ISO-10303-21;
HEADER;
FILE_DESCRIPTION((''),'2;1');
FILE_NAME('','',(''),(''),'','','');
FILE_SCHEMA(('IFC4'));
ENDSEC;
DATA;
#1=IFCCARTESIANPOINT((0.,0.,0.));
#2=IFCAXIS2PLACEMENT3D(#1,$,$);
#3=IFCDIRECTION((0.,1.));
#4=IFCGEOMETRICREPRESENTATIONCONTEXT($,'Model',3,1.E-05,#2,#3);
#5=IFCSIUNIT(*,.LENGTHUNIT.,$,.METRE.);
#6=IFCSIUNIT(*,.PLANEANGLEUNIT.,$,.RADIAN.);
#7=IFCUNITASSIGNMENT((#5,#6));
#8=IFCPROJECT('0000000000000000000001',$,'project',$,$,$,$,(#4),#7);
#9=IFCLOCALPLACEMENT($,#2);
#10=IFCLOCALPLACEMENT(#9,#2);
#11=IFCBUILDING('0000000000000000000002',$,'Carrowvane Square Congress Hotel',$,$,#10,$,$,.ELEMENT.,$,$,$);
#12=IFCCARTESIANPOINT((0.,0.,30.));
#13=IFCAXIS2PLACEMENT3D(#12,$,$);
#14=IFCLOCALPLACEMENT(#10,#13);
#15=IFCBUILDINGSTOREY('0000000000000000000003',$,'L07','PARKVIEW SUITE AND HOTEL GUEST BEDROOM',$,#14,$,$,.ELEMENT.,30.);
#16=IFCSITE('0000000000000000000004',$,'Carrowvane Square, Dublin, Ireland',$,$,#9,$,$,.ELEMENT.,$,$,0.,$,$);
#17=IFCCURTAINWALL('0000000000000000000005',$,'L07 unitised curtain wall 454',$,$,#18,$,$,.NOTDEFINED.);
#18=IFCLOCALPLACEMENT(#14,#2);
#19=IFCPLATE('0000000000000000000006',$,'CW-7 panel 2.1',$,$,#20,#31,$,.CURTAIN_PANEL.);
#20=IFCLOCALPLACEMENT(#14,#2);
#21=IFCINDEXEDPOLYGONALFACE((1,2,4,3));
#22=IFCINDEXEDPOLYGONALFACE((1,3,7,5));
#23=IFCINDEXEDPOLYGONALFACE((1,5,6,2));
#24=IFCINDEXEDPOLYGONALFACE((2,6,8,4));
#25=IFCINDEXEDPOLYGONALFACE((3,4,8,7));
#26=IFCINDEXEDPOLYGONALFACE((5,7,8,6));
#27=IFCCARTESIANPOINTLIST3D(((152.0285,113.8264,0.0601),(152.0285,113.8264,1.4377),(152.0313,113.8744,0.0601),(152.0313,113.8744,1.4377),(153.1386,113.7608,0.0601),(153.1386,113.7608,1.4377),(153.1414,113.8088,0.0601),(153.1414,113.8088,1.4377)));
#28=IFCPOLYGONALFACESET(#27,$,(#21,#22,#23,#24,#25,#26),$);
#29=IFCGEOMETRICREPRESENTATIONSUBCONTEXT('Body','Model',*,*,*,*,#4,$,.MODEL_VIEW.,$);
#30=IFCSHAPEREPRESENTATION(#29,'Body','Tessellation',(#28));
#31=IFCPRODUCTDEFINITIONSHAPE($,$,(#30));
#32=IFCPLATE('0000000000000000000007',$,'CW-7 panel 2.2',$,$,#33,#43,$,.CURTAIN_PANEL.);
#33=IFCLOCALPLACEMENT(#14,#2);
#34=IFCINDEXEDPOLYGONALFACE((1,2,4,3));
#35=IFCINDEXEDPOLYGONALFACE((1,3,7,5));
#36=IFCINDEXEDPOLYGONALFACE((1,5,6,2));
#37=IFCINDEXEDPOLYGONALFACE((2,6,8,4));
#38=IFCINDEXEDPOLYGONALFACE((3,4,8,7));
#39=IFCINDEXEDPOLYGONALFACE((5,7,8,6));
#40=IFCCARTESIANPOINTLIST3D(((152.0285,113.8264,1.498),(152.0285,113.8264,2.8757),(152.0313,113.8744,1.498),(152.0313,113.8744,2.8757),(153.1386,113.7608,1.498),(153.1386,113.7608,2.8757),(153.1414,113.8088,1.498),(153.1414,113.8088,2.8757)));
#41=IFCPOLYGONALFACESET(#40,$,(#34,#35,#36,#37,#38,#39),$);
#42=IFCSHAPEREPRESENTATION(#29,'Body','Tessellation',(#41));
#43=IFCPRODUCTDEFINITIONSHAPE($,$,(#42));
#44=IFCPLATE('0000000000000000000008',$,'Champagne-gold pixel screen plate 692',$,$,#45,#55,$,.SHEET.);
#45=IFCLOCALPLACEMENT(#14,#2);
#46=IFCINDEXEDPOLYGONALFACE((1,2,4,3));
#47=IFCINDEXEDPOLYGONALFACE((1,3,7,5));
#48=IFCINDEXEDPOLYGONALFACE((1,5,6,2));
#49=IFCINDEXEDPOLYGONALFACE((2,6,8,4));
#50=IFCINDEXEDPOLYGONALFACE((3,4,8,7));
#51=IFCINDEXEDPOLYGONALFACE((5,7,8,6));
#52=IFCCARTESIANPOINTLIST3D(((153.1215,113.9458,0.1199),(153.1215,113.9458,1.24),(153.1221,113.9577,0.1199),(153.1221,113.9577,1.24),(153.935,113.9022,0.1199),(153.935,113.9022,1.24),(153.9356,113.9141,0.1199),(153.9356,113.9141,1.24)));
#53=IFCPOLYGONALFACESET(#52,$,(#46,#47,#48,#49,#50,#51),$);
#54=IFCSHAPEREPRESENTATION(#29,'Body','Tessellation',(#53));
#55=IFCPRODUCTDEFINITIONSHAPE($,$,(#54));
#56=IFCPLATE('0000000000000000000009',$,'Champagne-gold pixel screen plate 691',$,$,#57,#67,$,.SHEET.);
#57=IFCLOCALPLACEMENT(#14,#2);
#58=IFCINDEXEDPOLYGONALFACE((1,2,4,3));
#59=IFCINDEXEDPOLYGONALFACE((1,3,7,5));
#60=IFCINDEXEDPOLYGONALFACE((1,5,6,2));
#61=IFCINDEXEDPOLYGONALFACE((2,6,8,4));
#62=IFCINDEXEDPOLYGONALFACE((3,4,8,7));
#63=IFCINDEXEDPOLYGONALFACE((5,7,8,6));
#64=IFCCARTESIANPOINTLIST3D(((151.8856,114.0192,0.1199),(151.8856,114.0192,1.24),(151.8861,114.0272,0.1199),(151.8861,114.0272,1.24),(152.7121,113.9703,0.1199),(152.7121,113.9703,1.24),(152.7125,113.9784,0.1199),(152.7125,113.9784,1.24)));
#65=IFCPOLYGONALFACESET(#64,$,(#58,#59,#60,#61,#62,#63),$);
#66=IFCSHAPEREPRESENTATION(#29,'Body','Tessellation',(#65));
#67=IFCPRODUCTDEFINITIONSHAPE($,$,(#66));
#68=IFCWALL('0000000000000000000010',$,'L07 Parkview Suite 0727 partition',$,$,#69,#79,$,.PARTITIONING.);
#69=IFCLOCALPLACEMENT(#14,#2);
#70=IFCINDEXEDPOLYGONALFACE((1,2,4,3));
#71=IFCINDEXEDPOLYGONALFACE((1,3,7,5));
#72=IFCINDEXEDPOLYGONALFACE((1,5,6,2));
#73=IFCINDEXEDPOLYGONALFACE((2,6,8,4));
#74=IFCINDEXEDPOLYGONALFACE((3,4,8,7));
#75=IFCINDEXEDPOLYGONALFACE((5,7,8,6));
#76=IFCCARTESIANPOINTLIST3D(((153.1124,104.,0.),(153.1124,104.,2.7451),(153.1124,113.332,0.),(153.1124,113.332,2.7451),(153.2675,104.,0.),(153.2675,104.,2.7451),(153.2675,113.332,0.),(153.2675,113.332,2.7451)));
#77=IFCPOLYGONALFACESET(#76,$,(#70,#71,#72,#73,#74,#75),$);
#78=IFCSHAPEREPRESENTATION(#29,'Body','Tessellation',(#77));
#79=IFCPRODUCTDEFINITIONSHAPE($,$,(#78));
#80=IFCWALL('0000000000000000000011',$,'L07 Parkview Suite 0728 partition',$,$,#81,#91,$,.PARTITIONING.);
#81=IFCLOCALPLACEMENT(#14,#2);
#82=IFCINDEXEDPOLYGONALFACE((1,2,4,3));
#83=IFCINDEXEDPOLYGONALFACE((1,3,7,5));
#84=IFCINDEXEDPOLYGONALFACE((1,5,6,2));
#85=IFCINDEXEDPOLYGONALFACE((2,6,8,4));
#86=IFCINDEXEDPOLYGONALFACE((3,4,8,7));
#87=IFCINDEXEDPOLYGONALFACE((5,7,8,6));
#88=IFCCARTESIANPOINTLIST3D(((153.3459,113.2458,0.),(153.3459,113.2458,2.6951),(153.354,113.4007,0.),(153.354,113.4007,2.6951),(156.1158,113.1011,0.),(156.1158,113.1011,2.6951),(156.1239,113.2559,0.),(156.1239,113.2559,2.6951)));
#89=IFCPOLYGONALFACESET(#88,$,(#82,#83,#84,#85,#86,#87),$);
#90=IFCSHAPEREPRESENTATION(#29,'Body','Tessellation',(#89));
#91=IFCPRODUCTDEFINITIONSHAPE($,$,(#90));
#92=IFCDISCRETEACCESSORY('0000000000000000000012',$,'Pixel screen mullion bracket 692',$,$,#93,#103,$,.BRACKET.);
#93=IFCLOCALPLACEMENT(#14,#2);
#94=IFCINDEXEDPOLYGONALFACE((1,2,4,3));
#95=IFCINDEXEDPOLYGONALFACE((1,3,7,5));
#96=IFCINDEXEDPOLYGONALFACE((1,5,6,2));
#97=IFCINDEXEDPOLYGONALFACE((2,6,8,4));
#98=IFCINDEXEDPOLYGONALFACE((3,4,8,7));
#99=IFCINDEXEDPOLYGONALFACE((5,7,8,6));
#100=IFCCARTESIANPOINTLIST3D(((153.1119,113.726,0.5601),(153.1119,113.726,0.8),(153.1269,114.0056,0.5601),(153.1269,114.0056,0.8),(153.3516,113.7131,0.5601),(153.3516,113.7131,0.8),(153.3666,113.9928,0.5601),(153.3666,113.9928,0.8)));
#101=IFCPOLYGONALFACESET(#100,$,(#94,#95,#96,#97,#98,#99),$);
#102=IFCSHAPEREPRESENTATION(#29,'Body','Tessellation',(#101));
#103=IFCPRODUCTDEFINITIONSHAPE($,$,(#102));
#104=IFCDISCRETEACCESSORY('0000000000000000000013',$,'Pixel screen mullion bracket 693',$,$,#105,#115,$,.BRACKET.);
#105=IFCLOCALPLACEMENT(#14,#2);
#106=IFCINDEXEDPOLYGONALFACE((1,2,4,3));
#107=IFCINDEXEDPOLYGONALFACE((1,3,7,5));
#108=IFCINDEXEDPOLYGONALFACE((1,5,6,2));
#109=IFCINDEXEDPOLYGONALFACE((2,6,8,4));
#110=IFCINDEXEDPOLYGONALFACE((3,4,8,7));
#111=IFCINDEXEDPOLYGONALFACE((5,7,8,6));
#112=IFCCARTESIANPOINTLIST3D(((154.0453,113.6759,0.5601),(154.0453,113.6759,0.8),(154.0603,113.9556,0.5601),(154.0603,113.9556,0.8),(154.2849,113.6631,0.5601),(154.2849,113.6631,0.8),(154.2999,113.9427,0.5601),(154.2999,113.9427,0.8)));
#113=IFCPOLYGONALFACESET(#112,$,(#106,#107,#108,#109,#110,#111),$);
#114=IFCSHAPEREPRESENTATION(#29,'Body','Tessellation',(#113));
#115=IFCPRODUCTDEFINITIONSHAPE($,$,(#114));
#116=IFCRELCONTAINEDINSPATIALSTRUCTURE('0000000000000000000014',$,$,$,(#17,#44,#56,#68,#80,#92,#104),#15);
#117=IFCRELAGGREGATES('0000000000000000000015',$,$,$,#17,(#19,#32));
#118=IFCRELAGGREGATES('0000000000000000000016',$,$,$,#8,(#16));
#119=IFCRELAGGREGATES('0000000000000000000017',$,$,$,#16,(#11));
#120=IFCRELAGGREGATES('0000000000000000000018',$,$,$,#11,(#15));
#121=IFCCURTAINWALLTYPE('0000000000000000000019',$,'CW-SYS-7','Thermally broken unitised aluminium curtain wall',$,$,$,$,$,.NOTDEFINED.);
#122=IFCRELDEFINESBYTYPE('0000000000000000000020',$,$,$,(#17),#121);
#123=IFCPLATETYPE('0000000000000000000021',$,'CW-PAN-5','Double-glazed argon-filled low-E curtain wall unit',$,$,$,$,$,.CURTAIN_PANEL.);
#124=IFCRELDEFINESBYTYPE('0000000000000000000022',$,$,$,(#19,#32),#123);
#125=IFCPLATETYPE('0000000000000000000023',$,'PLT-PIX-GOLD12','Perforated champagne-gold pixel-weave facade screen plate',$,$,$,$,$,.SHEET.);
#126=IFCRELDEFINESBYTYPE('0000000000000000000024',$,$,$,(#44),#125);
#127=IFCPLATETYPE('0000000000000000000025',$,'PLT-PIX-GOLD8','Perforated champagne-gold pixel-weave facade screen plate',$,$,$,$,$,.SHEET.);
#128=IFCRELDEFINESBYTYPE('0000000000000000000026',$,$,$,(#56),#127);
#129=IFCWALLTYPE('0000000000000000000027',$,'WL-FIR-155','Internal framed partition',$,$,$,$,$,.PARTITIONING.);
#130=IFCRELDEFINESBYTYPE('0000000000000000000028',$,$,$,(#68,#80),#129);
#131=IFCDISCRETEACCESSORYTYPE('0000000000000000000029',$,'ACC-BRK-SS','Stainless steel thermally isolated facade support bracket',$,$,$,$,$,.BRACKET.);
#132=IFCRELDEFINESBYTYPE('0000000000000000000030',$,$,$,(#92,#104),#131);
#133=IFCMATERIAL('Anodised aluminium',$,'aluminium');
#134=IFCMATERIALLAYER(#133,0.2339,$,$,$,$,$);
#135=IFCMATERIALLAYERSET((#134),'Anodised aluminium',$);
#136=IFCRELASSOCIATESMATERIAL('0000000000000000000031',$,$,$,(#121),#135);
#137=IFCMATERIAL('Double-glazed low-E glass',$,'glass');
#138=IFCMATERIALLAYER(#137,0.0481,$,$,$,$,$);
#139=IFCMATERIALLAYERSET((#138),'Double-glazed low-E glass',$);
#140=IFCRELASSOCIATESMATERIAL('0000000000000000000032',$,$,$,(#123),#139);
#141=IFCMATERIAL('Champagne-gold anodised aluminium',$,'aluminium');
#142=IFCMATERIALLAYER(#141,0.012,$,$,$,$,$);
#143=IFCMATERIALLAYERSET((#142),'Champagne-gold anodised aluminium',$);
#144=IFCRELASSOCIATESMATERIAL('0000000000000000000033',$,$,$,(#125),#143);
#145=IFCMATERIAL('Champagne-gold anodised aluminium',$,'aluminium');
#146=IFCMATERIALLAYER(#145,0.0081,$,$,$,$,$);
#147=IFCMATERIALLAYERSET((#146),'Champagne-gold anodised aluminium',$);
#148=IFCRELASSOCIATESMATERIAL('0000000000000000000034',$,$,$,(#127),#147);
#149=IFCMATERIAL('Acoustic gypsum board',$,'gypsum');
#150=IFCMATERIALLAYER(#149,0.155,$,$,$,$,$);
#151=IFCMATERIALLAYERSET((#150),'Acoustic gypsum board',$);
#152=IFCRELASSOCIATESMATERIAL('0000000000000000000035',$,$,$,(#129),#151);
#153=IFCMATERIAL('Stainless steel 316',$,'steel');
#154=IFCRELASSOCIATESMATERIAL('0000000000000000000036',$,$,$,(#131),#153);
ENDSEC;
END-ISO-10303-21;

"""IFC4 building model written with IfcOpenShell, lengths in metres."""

from ifc_helpers import new_model, si_unit, direction, frame, frame_2d, origin, origin_2d, place, context, subcontext, project, spatial, rectangle, extrude, material, layer, layer_set, type_object, element, aggregate, save


model = new_model("IFC4")

# Units and contexts
model_context = context("Model", 3, precision=1e-05, world=origin(), true_north=direction((0.0, 1.0)))
body_context = subcontext(model_context, "Body", "Model", "MODEL_VIEW")
ifc_project = project(units=[si_unit("LENGTHUNIT", "METRE"), si_unit("PLANEANGLEUNIT", "RADIAN")], contexts=[model_context])

# Site, building, storey
site_placement = place(None, origin())
site = spatial("IfcSite", under=ifc_project, at=site_placement, Name="Carrowvane Square, Dublin, Ireland", CompositionType="ELEMENT", RefElevation=0.0)
building_placement = place(site_placement, origin())
building = spatial("IfcBuilding", under=site, at=building_placement, Name="Carrowvane Square Congress Hotel", CompositionType="ELEMENT")
storey_placement = place(building_placement, frame((0.0, 0.0, 30.0)))
storey = spatial("IfcBuildingStorey", under=building, at=storey_placement, Name="L07", Description="PARKVIEW SUITE AND HOTEL GUEST BEDROOM", CompositionType="ELEMENT", Elevation=30.0)

# Curtain wall
ifc_material_1 = material(Name="Anodised aluminium", Category="aluminium")
ifc_layer_1 = layer(ifc_material_1, 0.2339)
ifc_layer_set_1 = layer_set([ifc_layer_1], Name="Anodised aluminium")
curtain_wall_type_1 = type_object("IfcCurtainWallType", Name="CW-SYS-7", Description="Thermally broken unitised aluminium curtain wall", PredefinedType="NOTDEFINED", material=ifc_layer_set_1)
curtain_wall_1_placement = place(storey_placement, origin())
curtain_wall_1 = element("IfcCurtainWall", 1, at=curtain_wall_1_placement, inside=storey, type_object=curtain_wall_type_1, Name="L07 unitised curtain wall 454", PredefinedType="NOTDEFINED")

# Plates
ifc_material_2 = material(Name="Double-glazed low-E glass", Category="glass")
ifc_layer_2 = layer(ifc_material_2, 0.0481)
ifc_layer_set_2 = layer_set([ifc_layer_2], Name="Double-glazed low-E glass")
plate_type_1 = type_object("IfcPlateType", Name="CW-PAN-5", Description="Double-glazed argon-filled low-E curtain wall unit", PredefinedType="CURTAIN_PANEL", material=ifc_layer_set_2)
plate_1_placement = place(storey_placement, frame((152.585, 113.8176, 0.0601), z_axis=(0.0, 0.0, 1.0), x_axis=(0.998259, -0.058989, 0.0)))
plate_1 = element("IfcPlate", 2, at=plate_1_placement, type_object=plate_type_1, Name="CW-7 panel 2.1", PredefinedType="CURTAIN_PANEL", context=body_context, shape_type="SweptSolid", body=[
    extrude(rectangle(XDim=1.1121, YDim=0.0481, at=origin_2d()), origin(), (0.0, 0.0, 1.0), 1.3777),
])
plate_2_placement = place(storey_placement, frame((152.585, 113.8176, 1.498), z_axis=(0.0, 0.0, 1.0), x_axis=(0.998259, -0.058989, 0.0)))
plate_2 = element("IfcPlate", 3, at=plate_2_placement, type_object=plate_type_1, Name="CW-7 panel 2.2", PredefinedType="CURTAIN_PANEL", context=body_context, shape_type="SweptSolid", body=[
    extrude(rectangle(XDim=1.1121, YDim=0.0481, at=origin_2d()), origin(), (0.0, 0.0, 1.0), 1.3777),
])
aggregate(curtain_wall_1, [plate_1, plate_2])

# Plates
ifc_material_3 = material(Name="Champagne-gold anodised aluminium", Category="aluminium")
ifc_layer_3 = layer(ifc_material_3, 0.012)
ifc_layer_set_3 = layer_set([ifc_layer_3], Name="Champagne-gold anodised aluminium")
plate_type_2 = type_object("IfcPlateType", Name="PLT-PIX-GOLD12", Description="Perforated champagne-gold pixel-weave facade screen plate", PredefinedType="SHEET", material=ifc_layer_set_3)
plate_3_placement = place(storey_placement, frame((153.5286, 113.9299, 0.1199), z_axis=(0.0, 0.0, 1.0), x_axis=(0.998567, -0.053517, 0.0)))
element("IfcPlate", 4, at=plate_3_placement, inside=storey, type_object=plate_type_2, Name="Champagne-gold pixel screen plate 692", PredefinedType="SHEET", context=body_context, shape_type="SweptSolid", body=[
    extrude(rectangle(XDim=0.8147, YDim=0.012, at=origin_2d()), origin(), (0.0, 0.0, 1.0), 1.1201),
])
ifc_material_4 = material(Name="Champagne-gold anodised aluminium", Category="aluminium")
ifc_layer_4 = layer(ifc_material_4, 0.0081)
ifc_layer_set_4 = layer_set([ifc_layer_4], Name="Champagne-gold anodised aluminium")
plate_type_3 = type_object("IfcPlateType", Name="PLT-PIX-GOLD8", Description="Perforated champagne-gold pixel-weave facade screen plate", PredefinedType="SHEET", material=ifc_layer_set_4)
plate_4_placement = place(storey_placement, frame((152.2991, 113.9988, 0.1199), z_axis=(0.0, 0.0, 1.0), x_axis=(0.998259, -0.058985, 0.0)))
element("IfcPlate", 5, at=plate_4_placement, inside=storey, type_object=plate_type_3, Name="Champagne-gold pixel screen plate 691", PredefinedType="SHEET", context=body_context, shape_type="SweptSolid", body=[
    extrude(rectangle(XDim=0.8279, YDim=0.0081, at=origin_2d()), origin(), (0.0, 0.0, 1.0), 1.1201),
])

# Walls
ifc_material_5 = material(Name="Acoustic gypsum board", Category="gypsum")
ifc_layer_5 = layer(ifc_material_5, 0.155)
ifc_layer_set_5 = layer_set([ifc_layer_5], Name="Acoustic gypsum board")
wall_type = type_object("IfcWallType", Name="WL-FIR-155", Description="Internal framed partition", PredefinedType="PARTITIONING", material=ifc_layer_set_5)
wall_1_placement = place(storey_placement, frame((153.1899, 113.332, 0.0), z_axis=(0.0, 0.0, 1.0), x_axis=(0.0, -1.0, 0.0)))
element("IfcWall", 6, at=wall_1_placement, inside=storey, type_object=wall_type, Name="L07 Parkview Suite 0727 partition", PredefinedType="PARTITIONING", context=body_context, shape_type="SweptSolid", body=[
    extrude(rectangle(XDim=9.332, YDim=0.155, at=frame_2d((4.666, 0.0))), origin(), (0.0, 0.0, 1.0), 2.7451),
])
wall_2_placement = place(storey_placement, frame((153.3501, 113.3232, 0.0), z_axis=(0.0, 0.0, 1.0), x_axis=(0.998637, -0.052194, 0.0)))
element("IfcWall", 7, at=wall_2_placement, inside=storey, type_object=wall_type, Name="L07 Parkview Suite 0728 partition", PredefinedType="PARTITIONING", context=body_context, shape_type="SweptSolid", body=[
    extrude(rectangle(XDim=2.7737, YDim=0.155, at=frame_2d((1.3867, 0.0))), origin(), (0.0, 0.0, 1.0), 2.6951),
])

# Discrete accessories
ifc_material_6 = material(Name="Stainless steel 316", Category="steel")
discrete_accessory_type = type_object("IfcDiscreteAccessoryType", Name="ACC-BRK-SS", Description="Stainless steel thermally isolated facade support bracket", PredefinedType="BRACKET", material=ifc_material_6)
for number, where, z_axis, x_axis, name in (
    (8, (153.2393, 113.8594, 0.5601), (0.0, 0.0, 1.0), (0.998567, -0.053517, 0.0), "Pixel screen mullion bracket 692"),
    (9, (154.1726, 113.8093, 0.5601), (0.0, 0.0, 1.0), (0.998567, -0.053517, 0.0), "Pixel screen mullion bracket 693"),
):
    element("IfcDiscreteAccessory", number, at=place(storey_placement, frame(where, z_axis=z_axis, x_axis=x_axis)), inside=storey, type_object=discrete_accessory_type, Name=name, PredefinedType="BRACKET", context=body_context, shape_type="SweptSolid", body=[
        extrude(rectangle(XDim=0.24, YDim=0.28, at=origin_2d()), origin(), (0.0, 0.0, 1.0), 0.24),
    ])

save(model, "model.ifc")
